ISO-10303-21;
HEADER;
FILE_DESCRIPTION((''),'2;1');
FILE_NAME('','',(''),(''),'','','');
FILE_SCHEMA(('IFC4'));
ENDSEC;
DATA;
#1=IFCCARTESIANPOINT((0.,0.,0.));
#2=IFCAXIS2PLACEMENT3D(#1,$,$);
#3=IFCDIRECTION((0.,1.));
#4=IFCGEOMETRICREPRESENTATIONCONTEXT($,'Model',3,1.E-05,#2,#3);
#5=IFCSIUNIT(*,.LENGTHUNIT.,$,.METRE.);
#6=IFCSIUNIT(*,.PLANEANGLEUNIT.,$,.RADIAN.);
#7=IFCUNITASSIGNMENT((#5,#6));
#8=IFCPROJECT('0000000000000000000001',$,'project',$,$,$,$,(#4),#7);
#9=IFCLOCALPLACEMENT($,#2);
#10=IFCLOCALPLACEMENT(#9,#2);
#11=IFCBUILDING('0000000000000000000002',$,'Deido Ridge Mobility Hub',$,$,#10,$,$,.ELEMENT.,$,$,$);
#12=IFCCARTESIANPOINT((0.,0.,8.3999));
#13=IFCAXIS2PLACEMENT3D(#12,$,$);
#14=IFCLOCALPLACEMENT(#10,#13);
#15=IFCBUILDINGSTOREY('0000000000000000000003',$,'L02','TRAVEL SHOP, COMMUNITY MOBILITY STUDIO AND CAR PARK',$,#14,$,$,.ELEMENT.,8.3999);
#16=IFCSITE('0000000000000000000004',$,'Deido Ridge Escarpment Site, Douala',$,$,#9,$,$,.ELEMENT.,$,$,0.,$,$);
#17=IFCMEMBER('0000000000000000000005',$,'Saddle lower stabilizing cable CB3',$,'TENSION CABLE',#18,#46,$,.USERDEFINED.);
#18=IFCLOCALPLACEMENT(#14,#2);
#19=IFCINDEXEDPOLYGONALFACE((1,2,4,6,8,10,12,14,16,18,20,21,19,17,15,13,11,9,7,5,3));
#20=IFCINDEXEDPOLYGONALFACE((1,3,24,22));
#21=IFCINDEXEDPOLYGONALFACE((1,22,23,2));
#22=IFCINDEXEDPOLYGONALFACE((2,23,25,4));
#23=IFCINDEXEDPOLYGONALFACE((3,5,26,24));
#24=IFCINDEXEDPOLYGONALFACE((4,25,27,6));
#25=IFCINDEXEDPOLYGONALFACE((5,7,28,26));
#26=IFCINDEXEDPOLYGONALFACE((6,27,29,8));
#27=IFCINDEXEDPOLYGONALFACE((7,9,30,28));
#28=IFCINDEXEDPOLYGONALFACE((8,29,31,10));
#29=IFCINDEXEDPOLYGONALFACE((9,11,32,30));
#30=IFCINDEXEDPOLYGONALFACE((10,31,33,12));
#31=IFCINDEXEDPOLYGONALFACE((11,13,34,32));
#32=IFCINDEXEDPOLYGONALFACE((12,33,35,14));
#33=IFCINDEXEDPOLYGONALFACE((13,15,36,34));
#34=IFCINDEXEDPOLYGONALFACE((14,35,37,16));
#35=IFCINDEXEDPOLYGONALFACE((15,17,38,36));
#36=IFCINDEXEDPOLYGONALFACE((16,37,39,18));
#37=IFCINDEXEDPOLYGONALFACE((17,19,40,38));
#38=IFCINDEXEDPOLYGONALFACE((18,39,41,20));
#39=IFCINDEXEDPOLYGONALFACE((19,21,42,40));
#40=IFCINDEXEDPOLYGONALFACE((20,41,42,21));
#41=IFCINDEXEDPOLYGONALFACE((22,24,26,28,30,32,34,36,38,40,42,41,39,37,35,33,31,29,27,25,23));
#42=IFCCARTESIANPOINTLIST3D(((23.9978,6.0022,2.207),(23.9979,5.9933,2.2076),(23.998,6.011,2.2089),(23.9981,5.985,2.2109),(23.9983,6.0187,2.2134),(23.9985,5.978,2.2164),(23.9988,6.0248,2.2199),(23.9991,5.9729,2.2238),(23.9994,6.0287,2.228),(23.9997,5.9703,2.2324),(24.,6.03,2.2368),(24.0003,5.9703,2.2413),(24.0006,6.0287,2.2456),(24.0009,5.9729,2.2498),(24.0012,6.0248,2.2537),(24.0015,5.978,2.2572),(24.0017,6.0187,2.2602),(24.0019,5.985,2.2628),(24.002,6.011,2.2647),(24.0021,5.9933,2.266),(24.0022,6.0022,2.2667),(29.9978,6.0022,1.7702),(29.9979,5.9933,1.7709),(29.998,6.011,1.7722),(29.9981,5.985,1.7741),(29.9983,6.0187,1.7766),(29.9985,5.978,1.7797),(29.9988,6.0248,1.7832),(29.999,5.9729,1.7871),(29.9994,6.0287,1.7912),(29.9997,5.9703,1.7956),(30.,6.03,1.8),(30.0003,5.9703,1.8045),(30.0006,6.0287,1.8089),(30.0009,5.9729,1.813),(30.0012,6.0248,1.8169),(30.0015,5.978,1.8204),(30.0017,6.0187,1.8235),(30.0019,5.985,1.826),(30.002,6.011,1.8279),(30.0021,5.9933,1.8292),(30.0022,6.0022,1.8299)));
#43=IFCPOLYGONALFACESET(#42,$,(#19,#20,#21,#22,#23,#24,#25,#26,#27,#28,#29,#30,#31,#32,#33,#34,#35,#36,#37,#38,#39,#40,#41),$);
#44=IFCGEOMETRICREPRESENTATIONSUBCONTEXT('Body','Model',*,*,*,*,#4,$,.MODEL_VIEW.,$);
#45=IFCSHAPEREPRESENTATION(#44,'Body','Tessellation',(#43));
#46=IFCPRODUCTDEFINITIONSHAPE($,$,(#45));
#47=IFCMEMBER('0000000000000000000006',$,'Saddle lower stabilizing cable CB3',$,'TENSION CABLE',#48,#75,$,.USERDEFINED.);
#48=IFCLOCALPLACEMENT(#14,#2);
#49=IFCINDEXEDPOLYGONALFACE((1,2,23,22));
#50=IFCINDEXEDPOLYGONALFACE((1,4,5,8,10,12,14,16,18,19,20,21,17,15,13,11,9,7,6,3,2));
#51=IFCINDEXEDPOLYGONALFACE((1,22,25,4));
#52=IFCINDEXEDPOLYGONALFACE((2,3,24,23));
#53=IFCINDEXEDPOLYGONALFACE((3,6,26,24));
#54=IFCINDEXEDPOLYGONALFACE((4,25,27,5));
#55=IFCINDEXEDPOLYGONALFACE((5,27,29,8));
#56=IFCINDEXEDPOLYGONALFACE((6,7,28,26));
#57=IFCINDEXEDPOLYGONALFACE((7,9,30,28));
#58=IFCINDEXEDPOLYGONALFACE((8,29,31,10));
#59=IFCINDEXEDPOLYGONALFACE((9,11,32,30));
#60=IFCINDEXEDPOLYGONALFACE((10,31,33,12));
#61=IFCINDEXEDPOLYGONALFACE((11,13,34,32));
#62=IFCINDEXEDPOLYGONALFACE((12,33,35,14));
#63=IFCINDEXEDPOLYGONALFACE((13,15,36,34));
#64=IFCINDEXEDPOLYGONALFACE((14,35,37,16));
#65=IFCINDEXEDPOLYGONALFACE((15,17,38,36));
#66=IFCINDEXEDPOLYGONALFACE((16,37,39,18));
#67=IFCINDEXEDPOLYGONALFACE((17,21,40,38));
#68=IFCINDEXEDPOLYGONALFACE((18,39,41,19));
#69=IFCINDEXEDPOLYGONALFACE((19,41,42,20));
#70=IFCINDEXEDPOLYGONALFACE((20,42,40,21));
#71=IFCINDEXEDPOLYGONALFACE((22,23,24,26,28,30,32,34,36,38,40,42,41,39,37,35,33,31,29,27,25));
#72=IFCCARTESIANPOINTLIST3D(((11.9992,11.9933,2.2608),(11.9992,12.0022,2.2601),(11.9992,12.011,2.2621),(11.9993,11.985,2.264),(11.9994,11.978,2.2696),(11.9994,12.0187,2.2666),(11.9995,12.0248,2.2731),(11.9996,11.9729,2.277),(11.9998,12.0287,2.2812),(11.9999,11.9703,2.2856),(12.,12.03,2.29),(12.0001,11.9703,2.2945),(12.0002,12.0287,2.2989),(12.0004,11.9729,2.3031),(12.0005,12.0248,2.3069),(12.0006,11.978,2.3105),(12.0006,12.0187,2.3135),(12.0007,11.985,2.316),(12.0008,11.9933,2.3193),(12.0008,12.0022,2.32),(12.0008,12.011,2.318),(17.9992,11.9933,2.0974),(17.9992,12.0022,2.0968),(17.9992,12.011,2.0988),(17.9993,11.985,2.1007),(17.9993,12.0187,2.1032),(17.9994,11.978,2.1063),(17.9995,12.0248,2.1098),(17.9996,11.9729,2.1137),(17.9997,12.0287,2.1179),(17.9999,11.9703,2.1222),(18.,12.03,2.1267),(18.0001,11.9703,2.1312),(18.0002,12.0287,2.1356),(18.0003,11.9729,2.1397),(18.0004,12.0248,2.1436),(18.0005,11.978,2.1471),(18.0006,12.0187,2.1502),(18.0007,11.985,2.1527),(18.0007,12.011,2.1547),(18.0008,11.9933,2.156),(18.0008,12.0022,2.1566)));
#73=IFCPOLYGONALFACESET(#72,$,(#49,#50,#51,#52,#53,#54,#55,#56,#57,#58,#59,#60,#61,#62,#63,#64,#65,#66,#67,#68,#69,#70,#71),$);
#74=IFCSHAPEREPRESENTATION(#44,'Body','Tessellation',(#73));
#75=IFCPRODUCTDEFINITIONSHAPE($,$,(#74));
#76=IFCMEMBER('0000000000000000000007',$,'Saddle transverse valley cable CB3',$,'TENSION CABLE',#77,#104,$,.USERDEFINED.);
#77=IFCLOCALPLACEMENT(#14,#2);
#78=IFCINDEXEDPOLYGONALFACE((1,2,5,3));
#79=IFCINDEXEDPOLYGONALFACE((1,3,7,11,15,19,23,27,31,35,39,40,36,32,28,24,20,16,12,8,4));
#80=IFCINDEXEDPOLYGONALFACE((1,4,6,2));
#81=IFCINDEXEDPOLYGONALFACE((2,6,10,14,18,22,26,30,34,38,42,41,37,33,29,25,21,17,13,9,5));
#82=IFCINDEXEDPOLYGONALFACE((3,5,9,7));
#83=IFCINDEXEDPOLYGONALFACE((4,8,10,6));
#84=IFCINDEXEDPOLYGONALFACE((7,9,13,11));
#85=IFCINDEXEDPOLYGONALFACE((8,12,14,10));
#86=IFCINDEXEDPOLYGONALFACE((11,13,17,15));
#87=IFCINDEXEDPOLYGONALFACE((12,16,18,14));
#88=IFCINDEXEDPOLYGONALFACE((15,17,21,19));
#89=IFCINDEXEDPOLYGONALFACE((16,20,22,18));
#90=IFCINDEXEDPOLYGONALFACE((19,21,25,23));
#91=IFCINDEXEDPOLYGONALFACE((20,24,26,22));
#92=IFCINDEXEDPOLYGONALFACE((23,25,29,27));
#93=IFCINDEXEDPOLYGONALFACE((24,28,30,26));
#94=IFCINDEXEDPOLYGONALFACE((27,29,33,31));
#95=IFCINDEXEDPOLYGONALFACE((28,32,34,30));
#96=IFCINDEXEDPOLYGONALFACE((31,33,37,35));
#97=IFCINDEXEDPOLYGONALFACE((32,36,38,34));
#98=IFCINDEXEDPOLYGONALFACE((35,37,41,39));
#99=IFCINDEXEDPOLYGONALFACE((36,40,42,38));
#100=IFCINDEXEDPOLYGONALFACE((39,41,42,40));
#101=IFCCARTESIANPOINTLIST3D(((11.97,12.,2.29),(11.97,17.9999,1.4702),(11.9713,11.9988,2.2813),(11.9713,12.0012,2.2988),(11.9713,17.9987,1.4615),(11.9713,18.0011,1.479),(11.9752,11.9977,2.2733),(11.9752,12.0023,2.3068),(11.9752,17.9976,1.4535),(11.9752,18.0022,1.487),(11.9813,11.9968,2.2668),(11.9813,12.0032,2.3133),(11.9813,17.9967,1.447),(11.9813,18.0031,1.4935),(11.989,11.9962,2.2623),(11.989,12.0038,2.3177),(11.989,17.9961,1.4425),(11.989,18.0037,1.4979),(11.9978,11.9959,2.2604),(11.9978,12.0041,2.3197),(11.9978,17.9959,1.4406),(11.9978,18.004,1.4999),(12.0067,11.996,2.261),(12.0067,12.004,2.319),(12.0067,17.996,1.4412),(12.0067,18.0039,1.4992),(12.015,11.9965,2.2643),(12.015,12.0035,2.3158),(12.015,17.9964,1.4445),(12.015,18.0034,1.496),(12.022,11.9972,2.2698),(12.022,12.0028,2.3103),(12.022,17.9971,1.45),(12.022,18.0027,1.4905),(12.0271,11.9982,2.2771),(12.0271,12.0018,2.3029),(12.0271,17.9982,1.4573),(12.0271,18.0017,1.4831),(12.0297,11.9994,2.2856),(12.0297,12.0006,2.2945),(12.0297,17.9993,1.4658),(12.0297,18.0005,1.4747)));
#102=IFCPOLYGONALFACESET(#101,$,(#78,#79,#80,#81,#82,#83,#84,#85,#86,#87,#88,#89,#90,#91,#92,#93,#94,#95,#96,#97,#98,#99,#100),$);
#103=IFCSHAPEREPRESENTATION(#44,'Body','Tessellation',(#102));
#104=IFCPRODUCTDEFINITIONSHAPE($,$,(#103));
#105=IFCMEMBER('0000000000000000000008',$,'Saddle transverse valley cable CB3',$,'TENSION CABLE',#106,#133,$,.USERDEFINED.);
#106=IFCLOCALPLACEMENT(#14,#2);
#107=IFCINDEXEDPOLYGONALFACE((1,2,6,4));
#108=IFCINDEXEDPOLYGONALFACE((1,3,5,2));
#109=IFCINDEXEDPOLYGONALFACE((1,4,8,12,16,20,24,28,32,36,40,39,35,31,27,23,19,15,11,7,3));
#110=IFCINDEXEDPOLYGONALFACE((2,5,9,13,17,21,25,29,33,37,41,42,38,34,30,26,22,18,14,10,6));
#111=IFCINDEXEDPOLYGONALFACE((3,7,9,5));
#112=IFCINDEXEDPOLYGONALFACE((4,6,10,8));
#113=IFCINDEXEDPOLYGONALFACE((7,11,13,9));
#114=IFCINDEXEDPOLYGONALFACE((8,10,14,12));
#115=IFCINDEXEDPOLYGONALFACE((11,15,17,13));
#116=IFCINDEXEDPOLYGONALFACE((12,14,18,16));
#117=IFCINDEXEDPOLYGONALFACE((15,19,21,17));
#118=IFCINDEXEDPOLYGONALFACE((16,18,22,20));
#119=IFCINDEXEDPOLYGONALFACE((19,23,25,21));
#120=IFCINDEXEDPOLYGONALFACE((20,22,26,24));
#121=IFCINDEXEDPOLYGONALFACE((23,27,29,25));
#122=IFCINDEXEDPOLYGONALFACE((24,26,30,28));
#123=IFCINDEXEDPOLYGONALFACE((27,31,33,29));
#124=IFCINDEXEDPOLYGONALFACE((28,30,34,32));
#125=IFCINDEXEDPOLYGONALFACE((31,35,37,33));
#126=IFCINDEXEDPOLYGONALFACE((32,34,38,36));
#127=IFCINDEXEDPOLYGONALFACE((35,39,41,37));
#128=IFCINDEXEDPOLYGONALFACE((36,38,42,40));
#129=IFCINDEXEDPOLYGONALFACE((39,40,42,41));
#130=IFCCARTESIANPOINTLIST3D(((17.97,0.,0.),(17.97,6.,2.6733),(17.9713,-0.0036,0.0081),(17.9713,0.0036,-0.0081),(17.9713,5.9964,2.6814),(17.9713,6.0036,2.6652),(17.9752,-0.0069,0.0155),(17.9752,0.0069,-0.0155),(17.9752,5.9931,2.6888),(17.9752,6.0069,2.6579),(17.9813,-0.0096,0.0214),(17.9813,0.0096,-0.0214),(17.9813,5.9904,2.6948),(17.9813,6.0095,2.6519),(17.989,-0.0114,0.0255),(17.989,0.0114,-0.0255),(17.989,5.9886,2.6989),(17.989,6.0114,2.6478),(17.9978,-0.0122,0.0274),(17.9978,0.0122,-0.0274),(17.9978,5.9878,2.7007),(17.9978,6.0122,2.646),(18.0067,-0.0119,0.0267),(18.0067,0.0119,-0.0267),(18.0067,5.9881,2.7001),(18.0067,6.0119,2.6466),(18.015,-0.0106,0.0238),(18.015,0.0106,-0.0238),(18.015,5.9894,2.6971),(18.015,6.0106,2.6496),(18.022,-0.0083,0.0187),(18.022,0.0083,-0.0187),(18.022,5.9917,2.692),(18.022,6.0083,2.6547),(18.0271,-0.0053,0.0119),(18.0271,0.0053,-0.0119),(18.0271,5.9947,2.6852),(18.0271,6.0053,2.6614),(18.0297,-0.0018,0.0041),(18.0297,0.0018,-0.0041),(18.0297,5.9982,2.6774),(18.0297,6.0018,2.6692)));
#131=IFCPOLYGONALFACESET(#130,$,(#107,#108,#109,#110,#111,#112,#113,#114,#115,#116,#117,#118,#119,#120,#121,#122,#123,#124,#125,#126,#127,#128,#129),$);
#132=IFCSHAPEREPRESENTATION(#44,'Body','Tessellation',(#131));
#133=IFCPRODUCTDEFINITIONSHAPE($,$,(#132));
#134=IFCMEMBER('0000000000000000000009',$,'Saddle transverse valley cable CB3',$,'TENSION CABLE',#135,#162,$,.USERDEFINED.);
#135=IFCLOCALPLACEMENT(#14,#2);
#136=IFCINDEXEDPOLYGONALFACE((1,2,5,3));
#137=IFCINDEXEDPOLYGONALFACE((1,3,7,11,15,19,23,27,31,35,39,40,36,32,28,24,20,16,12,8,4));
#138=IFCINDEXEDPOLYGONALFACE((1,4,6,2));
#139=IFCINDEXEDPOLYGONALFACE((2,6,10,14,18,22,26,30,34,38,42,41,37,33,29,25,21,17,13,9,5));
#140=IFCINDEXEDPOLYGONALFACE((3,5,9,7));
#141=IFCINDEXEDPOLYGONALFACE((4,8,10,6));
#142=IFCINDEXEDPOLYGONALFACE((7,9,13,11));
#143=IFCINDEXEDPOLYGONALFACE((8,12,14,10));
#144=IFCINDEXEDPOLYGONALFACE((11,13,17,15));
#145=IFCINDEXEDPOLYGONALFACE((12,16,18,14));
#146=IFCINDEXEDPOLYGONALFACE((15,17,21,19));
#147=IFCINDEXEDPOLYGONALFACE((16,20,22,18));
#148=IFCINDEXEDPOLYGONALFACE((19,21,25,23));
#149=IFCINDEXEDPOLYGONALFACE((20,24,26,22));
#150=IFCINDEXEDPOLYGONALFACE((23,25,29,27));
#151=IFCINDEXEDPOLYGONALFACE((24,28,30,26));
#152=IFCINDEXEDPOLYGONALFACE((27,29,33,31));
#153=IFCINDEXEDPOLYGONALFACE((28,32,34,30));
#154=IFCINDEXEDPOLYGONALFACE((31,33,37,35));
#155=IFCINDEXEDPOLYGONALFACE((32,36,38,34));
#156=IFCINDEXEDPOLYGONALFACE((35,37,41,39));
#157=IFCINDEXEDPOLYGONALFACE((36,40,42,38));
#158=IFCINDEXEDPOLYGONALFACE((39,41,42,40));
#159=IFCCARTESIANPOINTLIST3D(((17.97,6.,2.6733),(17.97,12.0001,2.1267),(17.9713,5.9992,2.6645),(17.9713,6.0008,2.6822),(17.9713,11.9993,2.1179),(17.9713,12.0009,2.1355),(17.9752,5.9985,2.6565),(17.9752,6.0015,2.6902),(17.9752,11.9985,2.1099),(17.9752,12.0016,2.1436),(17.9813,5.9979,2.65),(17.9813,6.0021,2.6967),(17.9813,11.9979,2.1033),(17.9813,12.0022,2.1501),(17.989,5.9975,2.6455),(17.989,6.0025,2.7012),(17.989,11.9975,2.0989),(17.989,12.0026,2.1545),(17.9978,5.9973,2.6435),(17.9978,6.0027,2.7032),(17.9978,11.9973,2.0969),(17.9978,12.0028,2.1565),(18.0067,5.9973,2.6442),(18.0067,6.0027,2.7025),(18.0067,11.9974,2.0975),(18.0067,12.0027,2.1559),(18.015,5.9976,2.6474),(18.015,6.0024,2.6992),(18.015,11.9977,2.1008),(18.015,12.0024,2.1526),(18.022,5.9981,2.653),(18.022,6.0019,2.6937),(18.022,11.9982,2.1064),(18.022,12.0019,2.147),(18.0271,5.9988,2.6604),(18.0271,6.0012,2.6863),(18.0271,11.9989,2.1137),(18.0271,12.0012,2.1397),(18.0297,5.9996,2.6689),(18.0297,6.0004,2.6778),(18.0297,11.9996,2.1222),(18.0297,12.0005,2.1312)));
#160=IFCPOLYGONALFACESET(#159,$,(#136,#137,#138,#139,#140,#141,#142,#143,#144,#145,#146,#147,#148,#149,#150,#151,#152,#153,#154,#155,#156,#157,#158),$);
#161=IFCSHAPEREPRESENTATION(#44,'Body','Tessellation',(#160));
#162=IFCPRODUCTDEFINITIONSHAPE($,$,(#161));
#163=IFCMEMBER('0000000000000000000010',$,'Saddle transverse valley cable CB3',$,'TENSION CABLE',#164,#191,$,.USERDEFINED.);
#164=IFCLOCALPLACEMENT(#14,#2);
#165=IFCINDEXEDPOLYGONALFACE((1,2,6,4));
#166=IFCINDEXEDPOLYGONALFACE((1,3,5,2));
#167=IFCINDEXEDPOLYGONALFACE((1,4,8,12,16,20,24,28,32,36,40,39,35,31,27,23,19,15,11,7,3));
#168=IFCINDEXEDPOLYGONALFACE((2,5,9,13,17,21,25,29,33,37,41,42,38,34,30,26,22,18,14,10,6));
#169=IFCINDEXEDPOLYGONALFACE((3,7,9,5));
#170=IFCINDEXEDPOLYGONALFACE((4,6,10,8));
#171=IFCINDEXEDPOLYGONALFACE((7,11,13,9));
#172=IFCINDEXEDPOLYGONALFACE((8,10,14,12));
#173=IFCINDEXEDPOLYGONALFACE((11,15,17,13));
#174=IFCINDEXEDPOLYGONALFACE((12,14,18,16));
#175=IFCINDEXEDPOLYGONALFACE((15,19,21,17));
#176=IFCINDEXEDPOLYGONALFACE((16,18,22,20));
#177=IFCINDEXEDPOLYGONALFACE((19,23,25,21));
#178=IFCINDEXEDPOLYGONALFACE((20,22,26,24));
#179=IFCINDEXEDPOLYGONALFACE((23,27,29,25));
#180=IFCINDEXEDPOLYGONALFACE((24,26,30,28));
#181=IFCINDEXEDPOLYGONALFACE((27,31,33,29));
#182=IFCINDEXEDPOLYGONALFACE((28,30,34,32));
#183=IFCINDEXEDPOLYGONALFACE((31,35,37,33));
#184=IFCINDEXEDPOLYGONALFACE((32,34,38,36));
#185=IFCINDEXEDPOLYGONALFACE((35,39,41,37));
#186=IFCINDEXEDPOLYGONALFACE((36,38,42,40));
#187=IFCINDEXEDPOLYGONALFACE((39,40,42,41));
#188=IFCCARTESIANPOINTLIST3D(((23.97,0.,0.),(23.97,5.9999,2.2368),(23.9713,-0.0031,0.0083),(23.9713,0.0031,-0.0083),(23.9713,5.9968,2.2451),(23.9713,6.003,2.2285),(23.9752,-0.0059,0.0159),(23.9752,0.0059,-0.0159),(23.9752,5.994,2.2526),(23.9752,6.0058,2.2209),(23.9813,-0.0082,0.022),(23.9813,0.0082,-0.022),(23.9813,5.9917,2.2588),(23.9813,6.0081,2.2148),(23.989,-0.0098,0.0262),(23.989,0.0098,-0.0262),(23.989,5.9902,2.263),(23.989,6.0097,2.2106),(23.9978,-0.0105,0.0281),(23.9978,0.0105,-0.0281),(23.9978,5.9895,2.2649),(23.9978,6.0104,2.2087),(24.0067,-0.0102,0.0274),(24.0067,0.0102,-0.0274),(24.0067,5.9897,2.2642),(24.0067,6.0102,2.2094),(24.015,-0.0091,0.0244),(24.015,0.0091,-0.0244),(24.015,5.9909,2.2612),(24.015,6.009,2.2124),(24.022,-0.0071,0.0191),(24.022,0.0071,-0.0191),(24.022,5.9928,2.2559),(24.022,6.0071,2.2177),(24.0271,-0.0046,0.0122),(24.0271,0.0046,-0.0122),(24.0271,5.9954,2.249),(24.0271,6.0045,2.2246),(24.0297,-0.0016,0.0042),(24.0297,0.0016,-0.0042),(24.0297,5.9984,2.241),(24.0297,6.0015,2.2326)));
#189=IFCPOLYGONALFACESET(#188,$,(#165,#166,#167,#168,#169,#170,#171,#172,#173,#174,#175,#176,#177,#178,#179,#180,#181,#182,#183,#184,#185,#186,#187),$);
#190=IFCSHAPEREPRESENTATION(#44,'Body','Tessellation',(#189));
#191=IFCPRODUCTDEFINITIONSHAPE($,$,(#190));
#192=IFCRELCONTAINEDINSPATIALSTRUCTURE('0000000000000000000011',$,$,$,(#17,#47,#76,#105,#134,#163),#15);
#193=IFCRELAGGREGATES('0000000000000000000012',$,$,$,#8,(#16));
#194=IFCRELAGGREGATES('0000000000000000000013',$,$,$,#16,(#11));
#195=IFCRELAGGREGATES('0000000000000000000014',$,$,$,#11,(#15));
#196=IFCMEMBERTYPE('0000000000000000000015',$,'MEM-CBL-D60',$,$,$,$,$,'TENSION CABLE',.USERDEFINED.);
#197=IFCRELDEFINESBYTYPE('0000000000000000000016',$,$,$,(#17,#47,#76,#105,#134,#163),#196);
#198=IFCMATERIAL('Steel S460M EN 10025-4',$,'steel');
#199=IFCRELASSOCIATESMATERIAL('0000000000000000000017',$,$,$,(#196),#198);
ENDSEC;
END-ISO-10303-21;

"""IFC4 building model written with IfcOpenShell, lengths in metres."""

from ifc_helpers import new_model, si_unit, direction, frame, origin, origin_2d, place, context, subcontext, project, spatial, circle, extrude, material, material_profile, profile_set, type_object, element, save


model = new_model("IFC4")

# Units and contexts
model_context = context("Model", 3, precision=1e-05, world=origin(), true_north=direction((0.0, 1.0)))
body_context = subcontext(model_context, "Body", "Model", "MODEL_VIEW")
ifc_project = project(units=[si_unit("LENGTHUNIT", "METRE"), si_unit("PLANEANGLEUNIT", "RADIAN")], contexts=[model_context])

# Site, building, storey
site_placement = place(None, origin())
site = spatial("IfcSite", under=ifc_project, at=site_placement, Name="Deido Ridge Escarpment Site, Douala", CompositionType="ELEMENT", RefElevation=0.0)
building_placement = place(site_placement, origin())
building = spatial("IfcBuilding", under=site, at=building_placement, Name="Deido Ridge Mobility Hub", CompositionType="ELEMENT")
storey_placement = place(building_placement, frame((0.0, 0.0, 8.3999)))
storey = spatial("IfcBuildingStorey", under=building, at=storey_placement, Name="L02", Description="TRAVEL SHOP, COMMUNITY MOBILITY STUDIO AND CAR PARK", CompositionType="ELEMENT", Elevation=8.3999)

# Members
ifc_material_1 = material(Name="Steel S460M EN 10025-4", Category="steel")
ifc_material_profile_1 = material_profile(ifc_material_1, circle(Radius=0.03, at=origin_2d()), Name="CABLE D60")
ifc_profile_set_1 = profile_set([ifc_material_profile_1], Name="Steel S460M EN 10025-4")
member_type_1 = type_object("IfcMemberType", Name="MEM-CBL-D60", ElementType="TENSION CABLE", PredefinedType="USERDEFINED", material=ifc_profile_set_1)
for number, where, z_axis, x_axis, name in (
    (1, (24.0, 6.0, 2.2368), (0.997361, 0.0, -0.072602), (0.0, 1.0, 0.0), "Saddle lower stabilizing cable CB3"),
):
    element("IfcMember", number, at=place(storey_placement, frame(where, z_axis=z_axis, x_axis=x_axis)), inside=storey, type_object=member_type_1, Name=name, ObjectType="TENSION CABLE", PredefinedType="USERDEFINED", context=body_context, shape_type="SweptSolid", body=[
        extrude(circle(Radius=0.03, at=origin_2d()), origin(), (0.0, 0.0, 1.0), 6.0159),
    ])
member_1_placement = place(storey_placement, frame((12.0, 12.0, 2.29), z_axis=(0.99963, 0.0, -0.027212), x_axis=(0.0, 1.0, 0.0)))
element("IfcMember", 2, at=member_1_placement, inside=storey, type_object=member_type_1, Name="Saddle lower stabilizing cable CB3", ObjectType="TENSION CABLE", PredefinedType="USERDEFINED", context=body_context, shape_type="SweptSolid", body=[
    extrude(circle(Radius=0.03, at=origin_2d()), origin(), (0.0, 0.0, 1.0), 6.0022),
])
member_2_placement = place(storey_placement, frame((12.0, 12.0, 2.29), z_axis=(0.0, 0.990794, -0.135379), x_axis=(-1.0, 0.0, 0.0)))
element("IfcMember", 3, at=member_2_placement, inside=storey, type_object=member_type_1, Name="Saddle transverse valley cable CB3", ObjectType="TENSION CABLE", PredefinedType="USERDEFINED", context=body_context, shape_type="SweptSolid", body=[
    extrude(circle(Radius=0.03, at=origin_2d()), origin(), (0.0, 0.0, 1.0), 6.0557),
])
member_3_placement = place(storey_placement, frame((18.0, 0.0, 0.0), z_axis=(0.0, 0.913434, 0.406987), x_axis=(-1.0, 0.0, 0.0)))
element("IfcMember", 4, at=member_3_placement, inside=storey, type_object=member_type_1, Name="Saddle transverse valley cable CB3", ObjectType="TENSION CABLE", PredefinedType="USERDEFINED", context=body_context, shape_type="SweptSolid", body=[
    extrude(circle(Radius=0.03, at=origin_2d()), origin(), (0.0, 0.0, 1.0), 6.5686),
])
member_4_placement = place(storey_placement, frame((18.0, 6.0, 2.6733), z_axis=(0.0, 0.995876, -0.090729), x_axis=(-1.0, 0.0, 0.0)))
element("IfcMember", 5, at=member_4_placement, inside=storey, type_object=member_type_1, Name="Saddle transverse valley cable CB3", ObjectType="TENSION CABLE", PredefinedType="USERDEFINED", context=body_context, shape_type="SweptSolid", body=[
    extrude(circle(Radius=0.03, at=origin_2d()), origin(), (0.0, 0.0, 1.0), 6.0249),
])
member_5_placement = place(storey_placement, frame((24.0, 0.0, 0.0), z_axis=(0.0, 0.937004, 0.349318), x_axis=(-1.0, 0.0, 0.0)))
element("IfcMember", 6, at=member_5_placement, inside=storey, type_object=member_type_1, Name="Saddle transverse valley cable CB3", ObjectType="TENSION CABLE", PredefinedType="USERDEFINED", context=body_context, shape_type="SweptSolid", body=[
    extrude(circle(Radius=0.03, at=origin_2d()), origin(), (0.0, 0.0, 1.0), 6.4033),
])

save(model, "model.ifc")
